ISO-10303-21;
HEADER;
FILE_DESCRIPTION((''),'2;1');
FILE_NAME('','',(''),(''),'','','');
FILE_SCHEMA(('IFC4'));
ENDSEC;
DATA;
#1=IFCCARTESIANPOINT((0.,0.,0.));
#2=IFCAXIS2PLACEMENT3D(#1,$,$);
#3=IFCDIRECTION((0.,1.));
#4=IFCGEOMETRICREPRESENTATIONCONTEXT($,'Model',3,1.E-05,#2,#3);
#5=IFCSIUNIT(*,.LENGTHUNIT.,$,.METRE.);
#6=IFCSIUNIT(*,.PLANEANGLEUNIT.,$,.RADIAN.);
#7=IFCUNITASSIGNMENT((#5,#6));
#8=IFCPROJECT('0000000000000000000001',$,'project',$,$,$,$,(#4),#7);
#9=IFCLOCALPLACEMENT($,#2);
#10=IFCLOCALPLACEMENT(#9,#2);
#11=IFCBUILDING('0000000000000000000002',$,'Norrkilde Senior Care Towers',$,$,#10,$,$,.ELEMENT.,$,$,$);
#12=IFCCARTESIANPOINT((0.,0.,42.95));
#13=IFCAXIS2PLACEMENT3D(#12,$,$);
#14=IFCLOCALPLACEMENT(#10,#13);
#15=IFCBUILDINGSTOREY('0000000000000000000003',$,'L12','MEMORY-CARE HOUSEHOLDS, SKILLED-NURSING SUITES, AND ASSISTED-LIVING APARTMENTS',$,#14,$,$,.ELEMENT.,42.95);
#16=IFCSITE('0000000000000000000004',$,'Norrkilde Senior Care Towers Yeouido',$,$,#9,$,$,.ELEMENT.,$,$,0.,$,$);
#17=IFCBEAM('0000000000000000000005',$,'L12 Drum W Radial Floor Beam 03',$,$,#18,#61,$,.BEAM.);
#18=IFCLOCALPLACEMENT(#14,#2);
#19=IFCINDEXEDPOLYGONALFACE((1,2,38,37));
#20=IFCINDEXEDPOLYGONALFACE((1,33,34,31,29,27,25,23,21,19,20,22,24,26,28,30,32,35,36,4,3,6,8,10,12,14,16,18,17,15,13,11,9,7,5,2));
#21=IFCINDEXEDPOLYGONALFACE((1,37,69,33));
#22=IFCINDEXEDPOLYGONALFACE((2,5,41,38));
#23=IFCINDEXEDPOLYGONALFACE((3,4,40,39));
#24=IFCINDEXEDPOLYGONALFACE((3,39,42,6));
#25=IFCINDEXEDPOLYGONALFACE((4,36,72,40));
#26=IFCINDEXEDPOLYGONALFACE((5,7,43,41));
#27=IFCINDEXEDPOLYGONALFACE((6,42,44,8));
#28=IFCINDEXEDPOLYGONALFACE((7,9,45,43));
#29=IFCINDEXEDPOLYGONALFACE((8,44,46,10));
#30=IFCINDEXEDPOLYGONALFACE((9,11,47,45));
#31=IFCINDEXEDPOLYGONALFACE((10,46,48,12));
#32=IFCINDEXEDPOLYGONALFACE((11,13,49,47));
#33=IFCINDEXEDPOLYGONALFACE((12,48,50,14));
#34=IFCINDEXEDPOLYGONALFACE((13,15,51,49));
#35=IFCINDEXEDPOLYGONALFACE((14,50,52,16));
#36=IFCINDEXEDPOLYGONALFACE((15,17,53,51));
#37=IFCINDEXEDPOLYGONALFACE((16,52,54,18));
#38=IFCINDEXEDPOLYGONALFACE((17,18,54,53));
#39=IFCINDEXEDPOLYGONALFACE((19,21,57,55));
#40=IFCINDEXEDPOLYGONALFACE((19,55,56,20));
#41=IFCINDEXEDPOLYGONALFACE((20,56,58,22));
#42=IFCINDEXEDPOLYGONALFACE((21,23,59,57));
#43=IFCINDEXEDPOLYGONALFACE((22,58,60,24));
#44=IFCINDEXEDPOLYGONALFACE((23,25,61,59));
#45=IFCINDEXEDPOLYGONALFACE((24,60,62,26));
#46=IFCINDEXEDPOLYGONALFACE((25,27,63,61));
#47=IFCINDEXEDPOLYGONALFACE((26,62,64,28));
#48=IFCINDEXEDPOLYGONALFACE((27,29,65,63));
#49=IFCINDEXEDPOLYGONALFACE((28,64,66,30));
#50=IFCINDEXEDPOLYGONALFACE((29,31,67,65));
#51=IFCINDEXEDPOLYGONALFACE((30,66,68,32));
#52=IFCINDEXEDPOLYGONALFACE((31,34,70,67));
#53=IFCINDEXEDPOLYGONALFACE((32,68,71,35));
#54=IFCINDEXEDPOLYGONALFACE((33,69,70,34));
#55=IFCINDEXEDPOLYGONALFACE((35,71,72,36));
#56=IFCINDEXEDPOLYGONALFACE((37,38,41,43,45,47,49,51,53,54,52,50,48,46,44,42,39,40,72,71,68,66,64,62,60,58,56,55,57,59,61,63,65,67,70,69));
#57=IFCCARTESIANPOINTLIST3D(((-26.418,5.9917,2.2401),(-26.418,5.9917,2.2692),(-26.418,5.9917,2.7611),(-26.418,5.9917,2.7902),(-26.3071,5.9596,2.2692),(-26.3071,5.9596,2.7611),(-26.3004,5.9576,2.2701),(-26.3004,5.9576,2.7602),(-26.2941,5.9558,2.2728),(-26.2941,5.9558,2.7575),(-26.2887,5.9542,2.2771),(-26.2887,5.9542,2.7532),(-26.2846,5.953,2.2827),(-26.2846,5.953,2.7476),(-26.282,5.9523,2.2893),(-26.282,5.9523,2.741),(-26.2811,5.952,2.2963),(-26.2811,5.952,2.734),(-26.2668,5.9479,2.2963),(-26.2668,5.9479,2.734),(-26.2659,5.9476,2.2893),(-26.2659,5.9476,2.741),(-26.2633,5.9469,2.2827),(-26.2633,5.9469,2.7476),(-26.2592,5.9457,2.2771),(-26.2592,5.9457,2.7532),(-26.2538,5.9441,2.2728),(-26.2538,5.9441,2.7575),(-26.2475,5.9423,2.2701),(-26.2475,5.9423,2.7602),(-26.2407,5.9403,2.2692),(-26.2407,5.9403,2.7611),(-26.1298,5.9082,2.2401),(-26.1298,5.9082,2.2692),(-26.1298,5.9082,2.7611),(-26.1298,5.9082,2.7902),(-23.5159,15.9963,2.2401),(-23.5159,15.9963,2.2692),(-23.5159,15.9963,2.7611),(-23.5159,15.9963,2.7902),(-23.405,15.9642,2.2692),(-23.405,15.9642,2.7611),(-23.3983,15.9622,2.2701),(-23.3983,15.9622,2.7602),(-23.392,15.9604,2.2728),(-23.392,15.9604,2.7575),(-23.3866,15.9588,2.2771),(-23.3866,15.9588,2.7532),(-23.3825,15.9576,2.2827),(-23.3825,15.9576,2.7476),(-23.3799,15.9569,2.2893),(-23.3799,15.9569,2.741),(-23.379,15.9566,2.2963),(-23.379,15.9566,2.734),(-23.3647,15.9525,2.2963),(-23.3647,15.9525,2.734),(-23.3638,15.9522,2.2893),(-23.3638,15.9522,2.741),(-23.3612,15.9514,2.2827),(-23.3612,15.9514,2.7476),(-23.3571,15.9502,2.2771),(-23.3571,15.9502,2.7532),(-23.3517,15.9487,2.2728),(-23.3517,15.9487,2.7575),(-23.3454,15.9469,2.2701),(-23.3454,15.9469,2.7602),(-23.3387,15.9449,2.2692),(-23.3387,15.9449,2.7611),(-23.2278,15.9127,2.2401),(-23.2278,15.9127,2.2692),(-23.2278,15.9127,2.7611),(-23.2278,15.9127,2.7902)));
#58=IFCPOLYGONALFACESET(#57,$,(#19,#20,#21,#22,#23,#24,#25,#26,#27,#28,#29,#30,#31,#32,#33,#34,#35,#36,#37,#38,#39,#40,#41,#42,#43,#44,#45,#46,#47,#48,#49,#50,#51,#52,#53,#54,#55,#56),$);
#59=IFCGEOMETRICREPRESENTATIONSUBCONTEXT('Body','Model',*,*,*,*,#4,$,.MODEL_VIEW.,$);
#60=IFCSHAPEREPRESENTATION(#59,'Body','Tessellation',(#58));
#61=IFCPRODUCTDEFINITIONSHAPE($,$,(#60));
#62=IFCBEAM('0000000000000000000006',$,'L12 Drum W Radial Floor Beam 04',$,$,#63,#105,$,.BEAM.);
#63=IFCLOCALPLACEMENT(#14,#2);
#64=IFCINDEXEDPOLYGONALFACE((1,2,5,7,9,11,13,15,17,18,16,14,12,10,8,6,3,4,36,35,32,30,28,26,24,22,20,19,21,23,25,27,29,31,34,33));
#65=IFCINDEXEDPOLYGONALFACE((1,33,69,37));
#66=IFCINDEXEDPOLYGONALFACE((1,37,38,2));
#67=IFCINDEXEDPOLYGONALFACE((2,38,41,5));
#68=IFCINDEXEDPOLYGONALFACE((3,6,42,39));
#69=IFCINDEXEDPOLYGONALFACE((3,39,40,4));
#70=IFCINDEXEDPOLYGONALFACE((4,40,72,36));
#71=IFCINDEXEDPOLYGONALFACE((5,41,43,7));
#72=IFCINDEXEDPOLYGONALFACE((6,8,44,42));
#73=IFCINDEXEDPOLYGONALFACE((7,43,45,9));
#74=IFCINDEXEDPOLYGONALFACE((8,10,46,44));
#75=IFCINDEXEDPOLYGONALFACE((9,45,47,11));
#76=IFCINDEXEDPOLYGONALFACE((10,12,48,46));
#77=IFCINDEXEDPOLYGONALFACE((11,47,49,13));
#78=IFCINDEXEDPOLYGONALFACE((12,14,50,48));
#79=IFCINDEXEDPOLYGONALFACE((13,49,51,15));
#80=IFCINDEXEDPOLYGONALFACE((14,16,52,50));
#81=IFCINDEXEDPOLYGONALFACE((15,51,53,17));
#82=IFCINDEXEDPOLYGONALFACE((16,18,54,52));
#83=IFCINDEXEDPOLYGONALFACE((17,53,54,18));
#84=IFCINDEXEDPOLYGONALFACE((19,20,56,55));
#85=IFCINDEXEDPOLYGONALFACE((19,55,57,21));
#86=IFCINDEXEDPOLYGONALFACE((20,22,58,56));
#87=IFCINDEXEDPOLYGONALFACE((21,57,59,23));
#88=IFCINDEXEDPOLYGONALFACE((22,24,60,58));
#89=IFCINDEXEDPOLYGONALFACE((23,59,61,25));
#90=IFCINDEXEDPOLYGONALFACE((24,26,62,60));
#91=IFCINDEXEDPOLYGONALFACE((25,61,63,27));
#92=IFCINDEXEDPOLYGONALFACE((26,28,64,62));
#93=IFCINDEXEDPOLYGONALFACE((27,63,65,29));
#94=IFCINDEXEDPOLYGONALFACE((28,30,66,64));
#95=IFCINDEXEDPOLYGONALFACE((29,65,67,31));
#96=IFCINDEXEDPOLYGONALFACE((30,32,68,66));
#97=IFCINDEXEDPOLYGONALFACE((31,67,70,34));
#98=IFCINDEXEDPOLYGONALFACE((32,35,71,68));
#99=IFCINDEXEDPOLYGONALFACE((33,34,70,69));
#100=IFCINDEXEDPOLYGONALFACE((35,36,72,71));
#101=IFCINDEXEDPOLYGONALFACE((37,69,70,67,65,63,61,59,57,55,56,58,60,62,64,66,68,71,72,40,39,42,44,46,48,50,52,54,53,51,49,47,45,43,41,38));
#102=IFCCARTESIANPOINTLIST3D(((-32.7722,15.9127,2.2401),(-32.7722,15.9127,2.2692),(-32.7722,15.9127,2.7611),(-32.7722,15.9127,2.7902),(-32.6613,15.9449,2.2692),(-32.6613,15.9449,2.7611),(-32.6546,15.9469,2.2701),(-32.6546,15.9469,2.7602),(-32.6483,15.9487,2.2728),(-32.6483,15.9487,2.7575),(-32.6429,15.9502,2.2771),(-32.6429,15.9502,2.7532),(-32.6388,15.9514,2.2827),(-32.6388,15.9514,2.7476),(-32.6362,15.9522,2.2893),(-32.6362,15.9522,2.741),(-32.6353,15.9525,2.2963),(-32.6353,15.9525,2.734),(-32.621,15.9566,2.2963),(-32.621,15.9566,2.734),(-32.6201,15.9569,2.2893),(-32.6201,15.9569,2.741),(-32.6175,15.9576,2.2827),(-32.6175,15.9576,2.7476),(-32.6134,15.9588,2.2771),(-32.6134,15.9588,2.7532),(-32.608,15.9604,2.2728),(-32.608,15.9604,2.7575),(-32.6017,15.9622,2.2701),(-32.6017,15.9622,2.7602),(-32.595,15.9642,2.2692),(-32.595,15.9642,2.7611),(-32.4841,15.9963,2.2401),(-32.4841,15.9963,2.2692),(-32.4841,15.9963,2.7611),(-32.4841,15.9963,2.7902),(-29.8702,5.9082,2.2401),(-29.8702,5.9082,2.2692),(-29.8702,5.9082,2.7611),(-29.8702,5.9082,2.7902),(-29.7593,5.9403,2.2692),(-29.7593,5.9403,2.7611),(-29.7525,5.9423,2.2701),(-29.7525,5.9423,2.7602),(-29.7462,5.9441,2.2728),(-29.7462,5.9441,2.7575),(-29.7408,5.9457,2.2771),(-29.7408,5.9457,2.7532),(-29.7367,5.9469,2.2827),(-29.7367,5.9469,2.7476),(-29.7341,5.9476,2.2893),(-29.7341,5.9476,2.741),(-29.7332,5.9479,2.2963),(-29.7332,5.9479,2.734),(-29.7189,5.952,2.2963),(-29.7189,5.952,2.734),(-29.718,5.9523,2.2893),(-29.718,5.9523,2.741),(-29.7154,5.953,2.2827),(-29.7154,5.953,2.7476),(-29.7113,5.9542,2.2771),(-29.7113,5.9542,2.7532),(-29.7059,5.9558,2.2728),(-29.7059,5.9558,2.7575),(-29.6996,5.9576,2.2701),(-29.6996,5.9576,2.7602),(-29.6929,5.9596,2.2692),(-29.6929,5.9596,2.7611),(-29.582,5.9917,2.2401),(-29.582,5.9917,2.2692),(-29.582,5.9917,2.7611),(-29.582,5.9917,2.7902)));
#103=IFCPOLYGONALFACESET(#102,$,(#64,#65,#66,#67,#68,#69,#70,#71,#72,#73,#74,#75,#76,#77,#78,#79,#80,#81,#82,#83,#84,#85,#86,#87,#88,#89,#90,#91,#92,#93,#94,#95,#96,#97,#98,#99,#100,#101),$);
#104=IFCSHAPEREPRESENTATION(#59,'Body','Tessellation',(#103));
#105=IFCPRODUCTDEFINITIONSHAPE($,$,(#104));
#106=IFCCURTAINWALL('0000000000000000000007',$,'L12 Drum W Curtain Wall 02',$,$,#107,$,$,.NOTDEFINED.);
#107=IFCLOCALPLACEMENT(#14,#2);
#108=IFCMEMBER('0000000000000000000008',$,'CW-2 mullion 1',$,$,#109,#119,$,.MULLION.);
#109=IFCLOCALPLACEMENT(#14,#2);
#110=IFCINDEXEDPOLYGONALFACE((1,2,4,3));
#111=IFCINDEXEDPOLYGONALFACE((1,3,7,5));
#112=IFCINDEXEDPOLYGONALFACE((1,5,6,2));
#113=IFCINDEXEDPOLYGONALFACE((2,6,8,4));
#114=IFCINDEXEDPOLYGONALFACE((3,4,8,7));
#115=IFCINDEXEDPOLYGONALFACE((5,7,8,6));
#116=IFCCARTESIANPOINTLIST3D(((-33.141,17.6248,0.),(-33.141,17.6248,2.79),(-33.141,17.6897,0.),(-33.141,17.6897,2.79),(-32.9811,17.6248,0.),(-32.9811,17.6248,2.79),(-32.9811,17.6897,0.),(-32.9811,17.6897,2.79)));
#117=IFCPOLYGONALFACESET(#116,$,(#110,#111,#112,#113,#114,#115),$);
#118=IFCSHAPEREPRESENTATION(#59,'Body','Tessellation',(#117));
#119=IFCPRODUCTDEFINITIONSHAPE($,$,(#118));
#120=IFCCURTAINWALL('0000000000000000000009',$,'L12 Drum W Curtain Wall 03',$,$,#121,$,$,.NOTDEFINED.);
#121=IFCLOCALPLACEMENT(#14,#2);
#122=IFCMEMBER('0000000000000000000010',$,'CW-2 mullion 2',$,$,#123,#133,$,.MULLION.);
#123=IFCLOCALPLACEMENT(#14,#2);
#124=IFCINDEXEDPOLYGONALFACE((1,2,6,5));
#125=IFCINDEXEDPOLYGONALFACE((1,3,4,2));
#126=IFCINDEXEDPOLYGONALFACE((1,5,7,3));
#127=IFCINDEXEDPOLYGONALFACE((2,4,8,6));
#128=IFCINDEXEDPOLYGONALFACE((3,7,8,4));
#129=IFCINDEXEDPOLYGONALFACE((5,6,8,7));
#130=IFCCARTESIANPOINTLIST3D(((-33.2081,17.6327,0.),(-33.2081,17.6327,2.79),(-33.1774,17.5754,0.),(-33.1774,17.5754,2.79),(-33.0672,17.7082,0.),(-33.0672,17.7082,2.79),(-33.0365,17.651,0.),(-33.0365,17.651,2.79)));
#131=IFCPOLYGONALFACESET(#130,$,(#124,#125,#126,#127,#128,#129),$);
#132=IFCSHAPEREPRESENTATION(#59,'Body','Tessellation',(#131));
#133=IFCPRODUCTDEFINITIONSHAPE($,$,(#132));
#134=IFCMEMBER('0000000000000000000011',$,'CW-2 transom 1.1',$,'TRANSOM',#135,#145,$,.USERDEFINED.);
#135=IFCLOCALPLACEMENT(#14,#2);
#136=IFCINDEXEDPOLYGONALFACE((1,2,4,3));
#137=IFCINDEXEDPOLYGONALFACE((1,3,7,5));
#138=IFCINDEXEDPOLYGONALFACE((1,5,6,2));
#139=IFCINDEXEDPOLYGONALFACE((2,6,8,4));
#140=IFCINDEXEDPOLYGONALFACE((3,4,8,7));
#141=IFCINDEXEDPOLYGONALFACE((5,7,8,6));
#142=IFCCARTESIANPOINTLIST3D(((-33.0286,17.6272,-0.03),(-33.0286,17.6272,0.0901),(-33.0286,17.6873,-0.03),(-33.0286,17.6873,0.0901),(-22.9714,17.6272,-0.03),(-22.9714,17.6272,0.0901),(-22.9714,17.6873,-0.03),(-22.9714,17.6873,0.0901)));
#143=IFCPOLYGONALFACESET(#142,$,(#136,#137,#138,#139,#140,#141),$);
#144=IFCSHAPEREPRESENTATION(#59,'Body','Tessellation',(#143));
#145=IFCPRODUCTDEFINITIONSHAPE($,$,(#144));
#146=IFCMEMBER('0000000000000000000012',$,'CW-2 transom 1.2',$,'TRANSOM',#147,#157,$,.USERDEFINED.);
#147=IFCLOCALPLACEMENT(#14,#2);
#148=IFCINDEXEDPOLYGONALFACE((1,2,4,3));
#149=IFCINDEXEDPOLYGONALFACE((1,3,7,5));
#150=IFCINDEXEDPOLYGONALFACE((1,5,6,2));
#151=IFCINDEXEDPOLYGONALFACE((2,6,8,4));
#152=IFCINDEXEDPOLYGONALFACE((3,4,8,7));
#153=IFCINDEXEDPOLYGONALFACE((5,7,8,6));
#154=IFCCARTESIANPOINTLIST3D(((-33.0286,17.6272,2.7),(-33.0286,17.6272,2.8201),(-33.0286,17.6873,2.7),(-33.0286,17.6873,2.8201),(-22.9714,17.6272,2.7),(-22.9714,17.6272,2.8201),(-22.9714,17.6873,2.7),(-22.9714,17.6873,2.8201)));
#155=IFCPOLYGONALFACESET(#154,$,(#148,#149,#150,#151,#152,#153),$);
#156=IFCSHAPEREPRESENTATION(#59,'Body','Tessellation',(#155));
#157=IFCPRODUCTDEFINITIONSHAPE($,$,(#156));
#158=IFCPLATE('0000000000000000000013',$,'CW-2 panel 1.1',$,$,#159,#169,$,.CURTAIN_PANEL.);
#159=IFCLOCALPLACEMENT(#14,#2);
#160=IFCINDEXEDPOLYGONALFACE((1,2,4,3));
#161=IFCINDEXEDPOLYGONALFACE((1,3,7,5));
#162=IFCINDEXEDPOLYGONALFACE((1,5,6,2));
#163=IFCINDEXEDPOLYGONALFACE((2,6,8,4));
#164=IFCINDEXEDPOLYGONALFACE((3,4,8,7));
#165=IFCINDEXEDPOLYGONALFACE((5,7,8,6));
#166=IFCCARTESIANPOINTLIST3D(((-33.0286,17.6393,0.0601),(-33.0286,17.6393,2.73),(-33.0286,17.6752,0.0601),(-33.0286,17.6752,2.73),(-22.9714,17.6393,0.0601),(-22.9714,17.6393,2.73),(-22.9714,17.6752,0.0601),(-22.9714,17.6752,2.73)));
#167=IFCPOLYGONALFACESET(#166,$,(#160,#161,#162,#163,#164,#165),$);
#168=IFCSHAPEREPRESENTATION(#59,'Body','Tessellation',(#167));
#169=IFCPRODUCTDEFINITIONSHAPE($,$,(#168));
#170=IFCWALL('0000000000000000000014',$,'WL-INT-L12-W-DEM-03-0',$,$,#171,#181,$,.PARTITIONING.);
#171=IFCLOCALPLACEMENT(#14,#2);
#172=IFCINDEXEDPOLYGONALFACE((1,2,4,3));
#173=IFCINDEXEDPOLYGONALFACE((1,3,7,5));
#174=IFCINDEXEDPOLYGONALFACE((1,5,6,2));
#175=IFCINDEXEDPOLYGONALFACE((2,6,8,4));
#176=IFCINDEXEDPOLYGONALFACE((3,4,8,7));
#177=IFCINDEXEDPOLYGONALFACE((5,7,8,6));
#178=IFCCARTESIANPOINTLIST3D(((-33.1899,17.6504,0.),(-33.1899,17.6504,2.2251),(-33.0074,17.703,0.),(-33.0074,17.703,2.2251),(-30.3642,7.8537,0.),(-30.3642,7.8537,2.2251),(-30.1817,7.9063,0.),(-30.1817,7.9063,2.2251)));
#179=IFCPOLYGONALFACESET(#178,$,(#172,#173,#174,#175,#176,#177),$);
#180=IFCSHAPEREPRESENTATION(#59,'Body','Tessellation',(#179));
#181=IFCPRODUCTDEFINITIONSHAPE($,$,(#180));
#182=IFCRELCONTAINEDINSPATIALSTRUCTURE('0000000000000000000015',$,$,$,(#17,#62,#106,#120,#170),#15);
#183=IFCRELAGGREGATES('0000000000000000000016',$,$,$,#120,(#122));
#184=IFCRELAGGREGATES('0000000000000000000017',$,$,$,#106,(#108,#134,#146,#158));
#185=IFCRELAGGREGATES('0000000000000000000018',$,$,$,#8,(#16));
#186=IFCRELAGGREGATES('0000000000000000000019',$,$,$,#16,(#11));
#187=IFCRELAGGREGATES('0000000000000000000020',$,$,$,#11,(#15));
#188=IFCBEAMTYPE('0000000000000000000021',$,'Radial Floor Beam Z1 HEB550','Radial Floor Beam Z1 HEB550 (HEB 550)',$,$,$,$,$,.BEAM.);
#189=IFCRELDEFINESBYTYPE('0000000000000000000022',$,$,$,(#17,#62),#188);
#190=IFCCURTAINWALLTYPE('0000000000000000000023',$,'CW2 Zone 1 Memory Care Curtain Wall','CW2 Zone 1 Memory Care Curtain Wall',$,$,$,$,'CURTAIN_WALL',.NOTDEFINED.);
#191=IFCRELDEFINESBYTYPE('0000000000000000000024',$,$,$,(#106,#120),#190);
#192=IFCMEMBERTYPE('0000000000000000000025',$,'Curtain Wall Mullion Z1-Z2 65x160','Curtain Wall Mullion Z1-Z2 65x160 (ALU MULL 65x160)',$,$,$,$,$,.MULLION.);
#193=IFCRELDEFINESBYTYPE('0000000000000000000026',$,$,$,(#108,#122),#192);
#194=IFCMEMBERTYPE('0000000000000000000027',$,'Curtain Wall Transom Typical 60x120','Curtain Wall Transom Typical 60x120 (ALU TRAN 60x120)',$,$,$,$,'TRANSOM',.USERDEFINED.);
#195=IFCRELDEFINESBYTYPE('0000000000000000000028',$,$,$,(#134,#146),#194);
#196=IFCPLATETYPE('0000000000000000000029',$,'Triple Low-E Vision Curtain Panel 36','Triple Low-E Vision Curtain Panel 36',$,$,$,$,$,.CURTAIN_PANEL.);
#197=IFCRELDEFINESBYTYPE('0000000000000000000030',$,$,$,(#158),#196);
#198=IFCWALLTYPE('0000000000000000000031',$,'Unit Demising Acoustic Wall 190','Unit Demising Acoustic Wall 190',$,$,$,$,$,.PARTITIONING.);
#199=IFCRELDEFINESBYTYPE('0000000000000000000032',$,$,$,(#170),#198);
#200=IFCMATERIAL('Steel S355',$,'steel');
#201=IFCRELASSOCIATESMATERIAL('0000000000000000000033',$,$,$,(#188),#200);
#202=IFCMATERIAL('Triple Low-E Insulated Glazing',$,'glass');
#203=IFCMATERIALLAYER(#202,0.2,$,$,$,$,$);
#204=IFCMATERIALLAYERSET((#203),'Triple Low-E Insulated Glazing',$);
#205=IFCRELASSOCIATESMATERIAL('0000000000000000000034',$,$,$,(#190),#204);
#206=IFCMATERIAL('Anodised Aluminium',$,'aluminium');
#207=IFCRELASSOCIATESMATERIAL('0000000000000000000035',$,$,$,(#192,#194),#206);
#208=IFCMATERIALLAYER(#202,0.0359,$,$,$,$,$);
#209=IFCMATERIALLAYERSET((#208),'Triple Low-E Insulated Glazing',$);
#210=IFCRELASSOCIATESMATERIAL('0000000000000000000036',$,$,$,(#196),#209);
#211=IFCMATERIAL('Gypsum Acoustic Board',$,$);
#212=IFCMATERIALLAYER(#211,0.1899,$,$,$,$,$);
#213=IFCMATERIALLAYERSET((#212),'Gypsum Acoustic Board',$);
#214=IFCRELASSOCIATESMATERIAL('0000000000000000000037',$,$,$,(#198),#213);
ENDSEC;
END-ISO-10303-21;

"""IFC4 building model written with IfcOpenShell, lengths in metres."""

from ifc_helpers import new_model, si_unit, direction, frame, frame_2d, origin, origin_2d, place, context, subcontext, project, spatial, rectangle, i_section, extrude, source, transform, mapped, material, layer, layer_set, material_profile, profile_set, type_object, type_shapes, element, aggregate, save


model = new_model("IFC4")

# Units and contexts
model_context = context("Model", 3, precision=1e-05, world=origin(), true_north=direction((0.0, 1.0)))
body_context = subcontext(model_context, "Body", "Model", "MODEL_VIEW")
ifc_project = project(units=[si_unit("LENGTHUNIT", "METRE"), si_unit("PLANEANGLEUNIT", "RADIAN")], contexts=[model_context])

# Site, building, storey
site_placement = place(None, origin())
site = spatial("IfcSite", under=ifc_project, at=site_placement, Name="Norrkilde Senior Care Towers Yeouido", CompositionType="ELEMENT", RefElevation=0.0)
building_placement = place(site_placement, origin())
building = spatial("IfcBuilding", under=site, at=building_placement, Name="Norrkilde Senior Care Towers", CompositionType="ELEMENT")
storey_placement = place(building_placement, frame((0.0, 0.0, 42.95)))
storey = spatial("IfcBuildingStorey", under=building, at=storey_placement, Name="L12", Description="MEMORY-CARE HOUSEHOLDS, SKILLED-NURSING SUITES, AND ASSISTED-LIVING APARTMENTS", CompositionType="ELEMENT", Elevation=42.95)

# Beams
ifc_material_1 = material(Name="Steel S355", Category="steel")
ifc_material_profile_1 = material_profile(ifc_material_1, i_section(OverallWidth=0.3, OverallDepth=0.55, WebThickness=0.0149, FlangeThickness=0.0291, FilletRadius=0.0271, at=origin_2d()), Name="HEB 550")
ifc_profile_set_1 = profile_set([ifc_material_profile_1], Name="Steel S355")
beam_type_1 = type_object("IfcBeamType", Name="Radial Floor Beam Z1 HEB550", Description="Radial Floor Beam Z1 HEB550 (HEB 550)", PredefinedType="BEAM", material=ifc_profile_set_1)
shared_shape_1 = source(origin(), body_context, "Body", "SweptSolid", [
    extrude(i_section(OverallWidth=0.3, OverallDepth=0.55, WebThickness=0.0149, FlangeThickness=0.0291, FilletRadius=0.0271, at=origin_2d()), origin(), (0.0, 0.0, 1.0), 10.417),
])
for number, where, z_axis, x_axis, name in (
    (1, (-26.2739, 5.95, 2.5151), (0.278591, 0.96041, 0.0), (-0.96041, 0.278591, 0.0), "L12 Drum W Radial Floor Beam 03"),
    (2, (-29.7261, 5.95, 2.5151), (-0.278591, 0.96041, 0.0), (-0.96041, -0.278591, 0.0), "L12 Drum W Radial Floor Beam 04"),
):
    element("IfcBeam", number, at=place(storey_placement, frame(where, z_axis=z_axis, x_axis=x_axis)), inside=storey, type_object=beam_type_1, Name=name, PredefinedType="BEAM", context=body_context, shape_type="MappedRepresentation", body=[
        mapped(shared_shape_1, transform((0.0, 0.0, 0.0), x_axis=(1.0, 0.0, 0.0), y_axis=(0.0, 1.0, 0.0), z_axis=(0.0, 0.0, 1.0), scale=1.0)),
    ])

# Curtain walls, members
ifc_material_2 = material(Name="Triple Low-E Insulated Glazing", Category="glass")
ifc_layer_1 = layer(ifc_material_2, 0.2)
ifc_layer_set_1 = layer_set([ifc_layer_1], Name="Triple Low-E Insulated Glazing")
curtain_wall_type = type_object("IfcCurtainWallType", Name="CW2 Zone 1 Memory Care Curtain Wall", Description="CW2 Zone 1 Memory Care Curtain Wall", ElementType="CURTAIN_WALL", PredefinedType="NOTDEFINED", material=ifc_layer_set_1)
curtain_wall_1_placement = place(storey_placement, origin())
curtain_wall_1 = element("IfcCurtainWall", 3, at=curtain_wall_1_placement, inside=storey, type_object=curtain_wall_type, Name="L12 Drum W Curtain Wall 02", PredefinedType="NOTDEFINED")
ifc_material_3 = material(Name="Anodised Aluminium", Category="aluminium")
ifc_material_profile_2 = material_profile(ifc_material_3, rectangle(XDim=0.0649, YDim=0.1599, at=origin_2d()), Name="ALU MULL 65x160")
ifc_profile_set_2 = profile_set([ifc_material_profile_2], Name="Anodised Aluminium")
member_type_1 = type_object("IfcMemberType", Name="Curtain Wall Mullion Z1-Z2 65x160", Description="Curtain Wall Mullion Z1-Z2 65x160 (ALU MULL 65x160)", PredefinedType="MULLION", material=ifc_profile_set_2)
shared_shape_2 = source(origin(), body_context, "Body", "SweptSolid", [
    extrude(rectangle(XDim=0.0649, YDim=0.1599, at=origin_2d()), origin(), (0.0, 0.0, 1.0), 2.79),
])
type_shapes(member_type_1, [shared_shape_2])
member_1_placement = place(storey_placement, frame((-33.061, 17.6572, 0.0), z_axis=(0.0, 0.0, 1.0), x_axis=(0.0, 1.0, 0.0)))
member_1 = element("IfcMember", 4, at=member_1_placement, type_object=member_type_1, Name="CW-2 mullion 1", PredefinedType="MULLION", context=body_context, shape_type="MappedRepresentation", body=[
    mapped(shared_shape_2, transform((0.0, 0.0, 0.0), x_axis=(1.0, 0.0, 0.0), y_axis=(0.0, 1.0, 0.0), z_axis=(0.0, 0.0, 1.0), scale=1.0)),
])
curtain_wall_2_placement = place(storey_placement, origin())
curtain_wall_2 = element("IfcCurtainWall", 5, at=curtain_wall_2_placement, inside=storey, type_object=curtain_wall_type, Name="L12 Drum W Curtain Wall 03", PredefinedType="NOTDEFINED")
member_2_placement = place(storey_placement, frame((-33.1223, 17.6418, 0.0), z_axis=(0.0, 0.0, 1.0), x_axis=(-0.472608, 0.881273, 0.0)))
member_2 = element("IfcMember", 6, at=member_2_placement, type_object=member_type_1, Name="CW-2 mullion 2", PredefinedType="MULLION", context=body_context, shape_type="MappedRepresentation", body=[
    mapped(shared_shape_2, transform((0.0, 0.0, 0.0), x_axis=(1.0, 0.0, 0.0), y_axis=(0.0, 1.0, 0.0), z_axis=(0.0, 0.0, 1.0), scale=1.0)),
])
aggregate(curtain_wall_2, [member_2])

# Members
ifc_material_profile_3 = material_profile(ifc_material_3, rectangle(XDim=0.0601, YDim=0.1201, at=origin_2d()), Name="ALU TRAN 60x120")
ifc_profile_set_3 = profile_set([ifc_material_profile_3], Name="Anodised Aluminium")
member_type_2 = type_object("IfcMemberType", Name="Curtain Wall Transom Typical 60x120", Description="Curtain Wall Transom Typical 60x120 (ALU TRAN 60x120)", ElementType="TRANSOM", PredefinedType="USERDEFINED", material=ifc_profile_set_3)
shared_shape_3 = source(origin(), body_context, "Body", "SweptSolid", [
    extrude(rectangle(XDim=0.0601, YDim=0.1201, at=origin_2d()), origin(), (0.0, 0.0, 1.0), 10.0571),
])
type_shapes(member_type_2, [shared_shape_3])
member_3_placement = place(storey_placement, frame((-33.0286, 17.6572, 0.03), z_axis=(1.0, 0.0, 0.0), x_axis=(0.0, 1.0, 0.0)))
member_3 = element("IfcMember", 7, at=member_3_placement, type_object=member_type_2, Name="CW-2 transom 1.1", ObjectType="TRANSOM", PredefinedType="USERDEFINED", context=body_context, shape_type="MappedRepresentation", body=[
    mapped(shared_shape_3, transform((0.0, 0.0, 0.0), x_axis=(1.0, 0.0, 0.0), y_axis=(0.0, 1.0, 0.0), z_axis=(0.0, 0.0, 1.0), scale=1.0)),
])
member_4_placement = place(storey_placement, frame((-33.0286, 17.6572, 2.76), z_axis=(1.0, 0.0, 0.0), x_axis=(0.0, 1.0, 0.0)))
member_4 = element("IfcMember", 8, at=member_4_placement, type_object=member_type_2, Name="CW-2 transom 1.2", ObjectType="TRANSOM", PredefinedType="USERDEFINED", context=body_context, shape_type="MappedRepresentation", body=[
    mapped(shared_shape_3, transform((0.0, 0.0, 0.0), x_axis=(1.0, 0.0, 0.0), y_axis=(0.0, 1.0, 0.0), z_axis=(0.0, 0.0, 1.0), scale=1.0)),
])

# Plate
ifc_layer_2 = layer(ifc_material_2, 0.0359)
ifc_layer_set_2 = layer_set([ifc_layer_2], Name="Triple Low-E Insulated Glazing")
plate_type = type_object("IfcPlateType", Name="Triple Low-E Vision Curtain Panel 36", Description="Triple Low-E Vision Curtain Panel 36", PredefinedType="CURTAIN_PANEL", material=ifc_layer_set_2)
shared_shape_4 = source(origin(), body_context, "Body", "SweptSolid", [
    extrude(rectangle(XDim=10.0571, YDim=0.0359, at=origin_2d()), origin(), (0.0, 0.0, 1.0), 2.6699),
])
type_shapes(plate_type, [shared_shape_4])
plate_placement = place(storey_placement, frame((-28.0, 17.6572, 0.0601), z_axis=(0.0, 0.0, 1.0), x_axis=(1.0, 0.0, 0.0)))
plate = element("IfcPlate", 9, at=plate_placement, type_object=plate_type, Name="CW-2 panel 1.1", PredefinedType="CURTAIN_PANEL", context=body_context, shape_type="MappedRepresentation", body=[
    mapped(shared_shape_4, transform((0.0, 0.0, 0.0), x_axis=(1.0, 0.0, 0.0), y_axis=(0.0, 1.0, 0.0), z_axis=(0.0, 0.0, 1.0), scale=1.0)),
])
aggregate(curtain_wall_1, [member_1, member_3, member_4, plate])

# Wall
ifc_material_4 = material(Name="Gypsum Acoustic Board")
ifc_layer_3 = layer(ifc_material_4, 0.1899)
ifc_layer_set_3 = layer_set([ifc_layer_3], Name="Gypsum Acoustic Board")
wall_type_1 = type_object("IfcWallType", Name="Unit Demising Acoustic Wall 190", Description="Unit Demising Acoustic Wall 190", PredefinedType="PARTITIONING", material=ifc_layer_set_3)
shared_shape_5 = source(origin(), body_context, "Body", "SweptSolid", [
    extrude(rectangle(XDim=10.196, YDim=0.1899, at=frame_2d((5.0981, 0.0))), origin(), (0.0, 0.0, 1.0), 2.2251),
])
for number, where, z_axis, x_axis, name in (
    (10, (-30.2729, 7.8799, 0.0), (0.0, 0.0, 1.0), (-0.277136, 0.960831, 0.0), "WL-INT-L12-W-DEM-03-0"),
):
    element("IfcWall", number, at=place(storey_placement, frame(where, z_axis=z_axis, x_axis=x_axis)), inside=storey, type_object=wall_type_1, Name=name, PredefinedType="PARTITIONING", context=body_context, shape_type="MappedRepresentation", body=[
        mapped(shared_shape_5, transform((0.0, 0.0, 0.0), x_axis=(1.0, 0.0, 0.0), y_axis=(0.0, 1.0, 0.0), z_axis=(0.0, 0.0, 1.0), scale=1.0)),
    ])

save(model, "model.ifc")
